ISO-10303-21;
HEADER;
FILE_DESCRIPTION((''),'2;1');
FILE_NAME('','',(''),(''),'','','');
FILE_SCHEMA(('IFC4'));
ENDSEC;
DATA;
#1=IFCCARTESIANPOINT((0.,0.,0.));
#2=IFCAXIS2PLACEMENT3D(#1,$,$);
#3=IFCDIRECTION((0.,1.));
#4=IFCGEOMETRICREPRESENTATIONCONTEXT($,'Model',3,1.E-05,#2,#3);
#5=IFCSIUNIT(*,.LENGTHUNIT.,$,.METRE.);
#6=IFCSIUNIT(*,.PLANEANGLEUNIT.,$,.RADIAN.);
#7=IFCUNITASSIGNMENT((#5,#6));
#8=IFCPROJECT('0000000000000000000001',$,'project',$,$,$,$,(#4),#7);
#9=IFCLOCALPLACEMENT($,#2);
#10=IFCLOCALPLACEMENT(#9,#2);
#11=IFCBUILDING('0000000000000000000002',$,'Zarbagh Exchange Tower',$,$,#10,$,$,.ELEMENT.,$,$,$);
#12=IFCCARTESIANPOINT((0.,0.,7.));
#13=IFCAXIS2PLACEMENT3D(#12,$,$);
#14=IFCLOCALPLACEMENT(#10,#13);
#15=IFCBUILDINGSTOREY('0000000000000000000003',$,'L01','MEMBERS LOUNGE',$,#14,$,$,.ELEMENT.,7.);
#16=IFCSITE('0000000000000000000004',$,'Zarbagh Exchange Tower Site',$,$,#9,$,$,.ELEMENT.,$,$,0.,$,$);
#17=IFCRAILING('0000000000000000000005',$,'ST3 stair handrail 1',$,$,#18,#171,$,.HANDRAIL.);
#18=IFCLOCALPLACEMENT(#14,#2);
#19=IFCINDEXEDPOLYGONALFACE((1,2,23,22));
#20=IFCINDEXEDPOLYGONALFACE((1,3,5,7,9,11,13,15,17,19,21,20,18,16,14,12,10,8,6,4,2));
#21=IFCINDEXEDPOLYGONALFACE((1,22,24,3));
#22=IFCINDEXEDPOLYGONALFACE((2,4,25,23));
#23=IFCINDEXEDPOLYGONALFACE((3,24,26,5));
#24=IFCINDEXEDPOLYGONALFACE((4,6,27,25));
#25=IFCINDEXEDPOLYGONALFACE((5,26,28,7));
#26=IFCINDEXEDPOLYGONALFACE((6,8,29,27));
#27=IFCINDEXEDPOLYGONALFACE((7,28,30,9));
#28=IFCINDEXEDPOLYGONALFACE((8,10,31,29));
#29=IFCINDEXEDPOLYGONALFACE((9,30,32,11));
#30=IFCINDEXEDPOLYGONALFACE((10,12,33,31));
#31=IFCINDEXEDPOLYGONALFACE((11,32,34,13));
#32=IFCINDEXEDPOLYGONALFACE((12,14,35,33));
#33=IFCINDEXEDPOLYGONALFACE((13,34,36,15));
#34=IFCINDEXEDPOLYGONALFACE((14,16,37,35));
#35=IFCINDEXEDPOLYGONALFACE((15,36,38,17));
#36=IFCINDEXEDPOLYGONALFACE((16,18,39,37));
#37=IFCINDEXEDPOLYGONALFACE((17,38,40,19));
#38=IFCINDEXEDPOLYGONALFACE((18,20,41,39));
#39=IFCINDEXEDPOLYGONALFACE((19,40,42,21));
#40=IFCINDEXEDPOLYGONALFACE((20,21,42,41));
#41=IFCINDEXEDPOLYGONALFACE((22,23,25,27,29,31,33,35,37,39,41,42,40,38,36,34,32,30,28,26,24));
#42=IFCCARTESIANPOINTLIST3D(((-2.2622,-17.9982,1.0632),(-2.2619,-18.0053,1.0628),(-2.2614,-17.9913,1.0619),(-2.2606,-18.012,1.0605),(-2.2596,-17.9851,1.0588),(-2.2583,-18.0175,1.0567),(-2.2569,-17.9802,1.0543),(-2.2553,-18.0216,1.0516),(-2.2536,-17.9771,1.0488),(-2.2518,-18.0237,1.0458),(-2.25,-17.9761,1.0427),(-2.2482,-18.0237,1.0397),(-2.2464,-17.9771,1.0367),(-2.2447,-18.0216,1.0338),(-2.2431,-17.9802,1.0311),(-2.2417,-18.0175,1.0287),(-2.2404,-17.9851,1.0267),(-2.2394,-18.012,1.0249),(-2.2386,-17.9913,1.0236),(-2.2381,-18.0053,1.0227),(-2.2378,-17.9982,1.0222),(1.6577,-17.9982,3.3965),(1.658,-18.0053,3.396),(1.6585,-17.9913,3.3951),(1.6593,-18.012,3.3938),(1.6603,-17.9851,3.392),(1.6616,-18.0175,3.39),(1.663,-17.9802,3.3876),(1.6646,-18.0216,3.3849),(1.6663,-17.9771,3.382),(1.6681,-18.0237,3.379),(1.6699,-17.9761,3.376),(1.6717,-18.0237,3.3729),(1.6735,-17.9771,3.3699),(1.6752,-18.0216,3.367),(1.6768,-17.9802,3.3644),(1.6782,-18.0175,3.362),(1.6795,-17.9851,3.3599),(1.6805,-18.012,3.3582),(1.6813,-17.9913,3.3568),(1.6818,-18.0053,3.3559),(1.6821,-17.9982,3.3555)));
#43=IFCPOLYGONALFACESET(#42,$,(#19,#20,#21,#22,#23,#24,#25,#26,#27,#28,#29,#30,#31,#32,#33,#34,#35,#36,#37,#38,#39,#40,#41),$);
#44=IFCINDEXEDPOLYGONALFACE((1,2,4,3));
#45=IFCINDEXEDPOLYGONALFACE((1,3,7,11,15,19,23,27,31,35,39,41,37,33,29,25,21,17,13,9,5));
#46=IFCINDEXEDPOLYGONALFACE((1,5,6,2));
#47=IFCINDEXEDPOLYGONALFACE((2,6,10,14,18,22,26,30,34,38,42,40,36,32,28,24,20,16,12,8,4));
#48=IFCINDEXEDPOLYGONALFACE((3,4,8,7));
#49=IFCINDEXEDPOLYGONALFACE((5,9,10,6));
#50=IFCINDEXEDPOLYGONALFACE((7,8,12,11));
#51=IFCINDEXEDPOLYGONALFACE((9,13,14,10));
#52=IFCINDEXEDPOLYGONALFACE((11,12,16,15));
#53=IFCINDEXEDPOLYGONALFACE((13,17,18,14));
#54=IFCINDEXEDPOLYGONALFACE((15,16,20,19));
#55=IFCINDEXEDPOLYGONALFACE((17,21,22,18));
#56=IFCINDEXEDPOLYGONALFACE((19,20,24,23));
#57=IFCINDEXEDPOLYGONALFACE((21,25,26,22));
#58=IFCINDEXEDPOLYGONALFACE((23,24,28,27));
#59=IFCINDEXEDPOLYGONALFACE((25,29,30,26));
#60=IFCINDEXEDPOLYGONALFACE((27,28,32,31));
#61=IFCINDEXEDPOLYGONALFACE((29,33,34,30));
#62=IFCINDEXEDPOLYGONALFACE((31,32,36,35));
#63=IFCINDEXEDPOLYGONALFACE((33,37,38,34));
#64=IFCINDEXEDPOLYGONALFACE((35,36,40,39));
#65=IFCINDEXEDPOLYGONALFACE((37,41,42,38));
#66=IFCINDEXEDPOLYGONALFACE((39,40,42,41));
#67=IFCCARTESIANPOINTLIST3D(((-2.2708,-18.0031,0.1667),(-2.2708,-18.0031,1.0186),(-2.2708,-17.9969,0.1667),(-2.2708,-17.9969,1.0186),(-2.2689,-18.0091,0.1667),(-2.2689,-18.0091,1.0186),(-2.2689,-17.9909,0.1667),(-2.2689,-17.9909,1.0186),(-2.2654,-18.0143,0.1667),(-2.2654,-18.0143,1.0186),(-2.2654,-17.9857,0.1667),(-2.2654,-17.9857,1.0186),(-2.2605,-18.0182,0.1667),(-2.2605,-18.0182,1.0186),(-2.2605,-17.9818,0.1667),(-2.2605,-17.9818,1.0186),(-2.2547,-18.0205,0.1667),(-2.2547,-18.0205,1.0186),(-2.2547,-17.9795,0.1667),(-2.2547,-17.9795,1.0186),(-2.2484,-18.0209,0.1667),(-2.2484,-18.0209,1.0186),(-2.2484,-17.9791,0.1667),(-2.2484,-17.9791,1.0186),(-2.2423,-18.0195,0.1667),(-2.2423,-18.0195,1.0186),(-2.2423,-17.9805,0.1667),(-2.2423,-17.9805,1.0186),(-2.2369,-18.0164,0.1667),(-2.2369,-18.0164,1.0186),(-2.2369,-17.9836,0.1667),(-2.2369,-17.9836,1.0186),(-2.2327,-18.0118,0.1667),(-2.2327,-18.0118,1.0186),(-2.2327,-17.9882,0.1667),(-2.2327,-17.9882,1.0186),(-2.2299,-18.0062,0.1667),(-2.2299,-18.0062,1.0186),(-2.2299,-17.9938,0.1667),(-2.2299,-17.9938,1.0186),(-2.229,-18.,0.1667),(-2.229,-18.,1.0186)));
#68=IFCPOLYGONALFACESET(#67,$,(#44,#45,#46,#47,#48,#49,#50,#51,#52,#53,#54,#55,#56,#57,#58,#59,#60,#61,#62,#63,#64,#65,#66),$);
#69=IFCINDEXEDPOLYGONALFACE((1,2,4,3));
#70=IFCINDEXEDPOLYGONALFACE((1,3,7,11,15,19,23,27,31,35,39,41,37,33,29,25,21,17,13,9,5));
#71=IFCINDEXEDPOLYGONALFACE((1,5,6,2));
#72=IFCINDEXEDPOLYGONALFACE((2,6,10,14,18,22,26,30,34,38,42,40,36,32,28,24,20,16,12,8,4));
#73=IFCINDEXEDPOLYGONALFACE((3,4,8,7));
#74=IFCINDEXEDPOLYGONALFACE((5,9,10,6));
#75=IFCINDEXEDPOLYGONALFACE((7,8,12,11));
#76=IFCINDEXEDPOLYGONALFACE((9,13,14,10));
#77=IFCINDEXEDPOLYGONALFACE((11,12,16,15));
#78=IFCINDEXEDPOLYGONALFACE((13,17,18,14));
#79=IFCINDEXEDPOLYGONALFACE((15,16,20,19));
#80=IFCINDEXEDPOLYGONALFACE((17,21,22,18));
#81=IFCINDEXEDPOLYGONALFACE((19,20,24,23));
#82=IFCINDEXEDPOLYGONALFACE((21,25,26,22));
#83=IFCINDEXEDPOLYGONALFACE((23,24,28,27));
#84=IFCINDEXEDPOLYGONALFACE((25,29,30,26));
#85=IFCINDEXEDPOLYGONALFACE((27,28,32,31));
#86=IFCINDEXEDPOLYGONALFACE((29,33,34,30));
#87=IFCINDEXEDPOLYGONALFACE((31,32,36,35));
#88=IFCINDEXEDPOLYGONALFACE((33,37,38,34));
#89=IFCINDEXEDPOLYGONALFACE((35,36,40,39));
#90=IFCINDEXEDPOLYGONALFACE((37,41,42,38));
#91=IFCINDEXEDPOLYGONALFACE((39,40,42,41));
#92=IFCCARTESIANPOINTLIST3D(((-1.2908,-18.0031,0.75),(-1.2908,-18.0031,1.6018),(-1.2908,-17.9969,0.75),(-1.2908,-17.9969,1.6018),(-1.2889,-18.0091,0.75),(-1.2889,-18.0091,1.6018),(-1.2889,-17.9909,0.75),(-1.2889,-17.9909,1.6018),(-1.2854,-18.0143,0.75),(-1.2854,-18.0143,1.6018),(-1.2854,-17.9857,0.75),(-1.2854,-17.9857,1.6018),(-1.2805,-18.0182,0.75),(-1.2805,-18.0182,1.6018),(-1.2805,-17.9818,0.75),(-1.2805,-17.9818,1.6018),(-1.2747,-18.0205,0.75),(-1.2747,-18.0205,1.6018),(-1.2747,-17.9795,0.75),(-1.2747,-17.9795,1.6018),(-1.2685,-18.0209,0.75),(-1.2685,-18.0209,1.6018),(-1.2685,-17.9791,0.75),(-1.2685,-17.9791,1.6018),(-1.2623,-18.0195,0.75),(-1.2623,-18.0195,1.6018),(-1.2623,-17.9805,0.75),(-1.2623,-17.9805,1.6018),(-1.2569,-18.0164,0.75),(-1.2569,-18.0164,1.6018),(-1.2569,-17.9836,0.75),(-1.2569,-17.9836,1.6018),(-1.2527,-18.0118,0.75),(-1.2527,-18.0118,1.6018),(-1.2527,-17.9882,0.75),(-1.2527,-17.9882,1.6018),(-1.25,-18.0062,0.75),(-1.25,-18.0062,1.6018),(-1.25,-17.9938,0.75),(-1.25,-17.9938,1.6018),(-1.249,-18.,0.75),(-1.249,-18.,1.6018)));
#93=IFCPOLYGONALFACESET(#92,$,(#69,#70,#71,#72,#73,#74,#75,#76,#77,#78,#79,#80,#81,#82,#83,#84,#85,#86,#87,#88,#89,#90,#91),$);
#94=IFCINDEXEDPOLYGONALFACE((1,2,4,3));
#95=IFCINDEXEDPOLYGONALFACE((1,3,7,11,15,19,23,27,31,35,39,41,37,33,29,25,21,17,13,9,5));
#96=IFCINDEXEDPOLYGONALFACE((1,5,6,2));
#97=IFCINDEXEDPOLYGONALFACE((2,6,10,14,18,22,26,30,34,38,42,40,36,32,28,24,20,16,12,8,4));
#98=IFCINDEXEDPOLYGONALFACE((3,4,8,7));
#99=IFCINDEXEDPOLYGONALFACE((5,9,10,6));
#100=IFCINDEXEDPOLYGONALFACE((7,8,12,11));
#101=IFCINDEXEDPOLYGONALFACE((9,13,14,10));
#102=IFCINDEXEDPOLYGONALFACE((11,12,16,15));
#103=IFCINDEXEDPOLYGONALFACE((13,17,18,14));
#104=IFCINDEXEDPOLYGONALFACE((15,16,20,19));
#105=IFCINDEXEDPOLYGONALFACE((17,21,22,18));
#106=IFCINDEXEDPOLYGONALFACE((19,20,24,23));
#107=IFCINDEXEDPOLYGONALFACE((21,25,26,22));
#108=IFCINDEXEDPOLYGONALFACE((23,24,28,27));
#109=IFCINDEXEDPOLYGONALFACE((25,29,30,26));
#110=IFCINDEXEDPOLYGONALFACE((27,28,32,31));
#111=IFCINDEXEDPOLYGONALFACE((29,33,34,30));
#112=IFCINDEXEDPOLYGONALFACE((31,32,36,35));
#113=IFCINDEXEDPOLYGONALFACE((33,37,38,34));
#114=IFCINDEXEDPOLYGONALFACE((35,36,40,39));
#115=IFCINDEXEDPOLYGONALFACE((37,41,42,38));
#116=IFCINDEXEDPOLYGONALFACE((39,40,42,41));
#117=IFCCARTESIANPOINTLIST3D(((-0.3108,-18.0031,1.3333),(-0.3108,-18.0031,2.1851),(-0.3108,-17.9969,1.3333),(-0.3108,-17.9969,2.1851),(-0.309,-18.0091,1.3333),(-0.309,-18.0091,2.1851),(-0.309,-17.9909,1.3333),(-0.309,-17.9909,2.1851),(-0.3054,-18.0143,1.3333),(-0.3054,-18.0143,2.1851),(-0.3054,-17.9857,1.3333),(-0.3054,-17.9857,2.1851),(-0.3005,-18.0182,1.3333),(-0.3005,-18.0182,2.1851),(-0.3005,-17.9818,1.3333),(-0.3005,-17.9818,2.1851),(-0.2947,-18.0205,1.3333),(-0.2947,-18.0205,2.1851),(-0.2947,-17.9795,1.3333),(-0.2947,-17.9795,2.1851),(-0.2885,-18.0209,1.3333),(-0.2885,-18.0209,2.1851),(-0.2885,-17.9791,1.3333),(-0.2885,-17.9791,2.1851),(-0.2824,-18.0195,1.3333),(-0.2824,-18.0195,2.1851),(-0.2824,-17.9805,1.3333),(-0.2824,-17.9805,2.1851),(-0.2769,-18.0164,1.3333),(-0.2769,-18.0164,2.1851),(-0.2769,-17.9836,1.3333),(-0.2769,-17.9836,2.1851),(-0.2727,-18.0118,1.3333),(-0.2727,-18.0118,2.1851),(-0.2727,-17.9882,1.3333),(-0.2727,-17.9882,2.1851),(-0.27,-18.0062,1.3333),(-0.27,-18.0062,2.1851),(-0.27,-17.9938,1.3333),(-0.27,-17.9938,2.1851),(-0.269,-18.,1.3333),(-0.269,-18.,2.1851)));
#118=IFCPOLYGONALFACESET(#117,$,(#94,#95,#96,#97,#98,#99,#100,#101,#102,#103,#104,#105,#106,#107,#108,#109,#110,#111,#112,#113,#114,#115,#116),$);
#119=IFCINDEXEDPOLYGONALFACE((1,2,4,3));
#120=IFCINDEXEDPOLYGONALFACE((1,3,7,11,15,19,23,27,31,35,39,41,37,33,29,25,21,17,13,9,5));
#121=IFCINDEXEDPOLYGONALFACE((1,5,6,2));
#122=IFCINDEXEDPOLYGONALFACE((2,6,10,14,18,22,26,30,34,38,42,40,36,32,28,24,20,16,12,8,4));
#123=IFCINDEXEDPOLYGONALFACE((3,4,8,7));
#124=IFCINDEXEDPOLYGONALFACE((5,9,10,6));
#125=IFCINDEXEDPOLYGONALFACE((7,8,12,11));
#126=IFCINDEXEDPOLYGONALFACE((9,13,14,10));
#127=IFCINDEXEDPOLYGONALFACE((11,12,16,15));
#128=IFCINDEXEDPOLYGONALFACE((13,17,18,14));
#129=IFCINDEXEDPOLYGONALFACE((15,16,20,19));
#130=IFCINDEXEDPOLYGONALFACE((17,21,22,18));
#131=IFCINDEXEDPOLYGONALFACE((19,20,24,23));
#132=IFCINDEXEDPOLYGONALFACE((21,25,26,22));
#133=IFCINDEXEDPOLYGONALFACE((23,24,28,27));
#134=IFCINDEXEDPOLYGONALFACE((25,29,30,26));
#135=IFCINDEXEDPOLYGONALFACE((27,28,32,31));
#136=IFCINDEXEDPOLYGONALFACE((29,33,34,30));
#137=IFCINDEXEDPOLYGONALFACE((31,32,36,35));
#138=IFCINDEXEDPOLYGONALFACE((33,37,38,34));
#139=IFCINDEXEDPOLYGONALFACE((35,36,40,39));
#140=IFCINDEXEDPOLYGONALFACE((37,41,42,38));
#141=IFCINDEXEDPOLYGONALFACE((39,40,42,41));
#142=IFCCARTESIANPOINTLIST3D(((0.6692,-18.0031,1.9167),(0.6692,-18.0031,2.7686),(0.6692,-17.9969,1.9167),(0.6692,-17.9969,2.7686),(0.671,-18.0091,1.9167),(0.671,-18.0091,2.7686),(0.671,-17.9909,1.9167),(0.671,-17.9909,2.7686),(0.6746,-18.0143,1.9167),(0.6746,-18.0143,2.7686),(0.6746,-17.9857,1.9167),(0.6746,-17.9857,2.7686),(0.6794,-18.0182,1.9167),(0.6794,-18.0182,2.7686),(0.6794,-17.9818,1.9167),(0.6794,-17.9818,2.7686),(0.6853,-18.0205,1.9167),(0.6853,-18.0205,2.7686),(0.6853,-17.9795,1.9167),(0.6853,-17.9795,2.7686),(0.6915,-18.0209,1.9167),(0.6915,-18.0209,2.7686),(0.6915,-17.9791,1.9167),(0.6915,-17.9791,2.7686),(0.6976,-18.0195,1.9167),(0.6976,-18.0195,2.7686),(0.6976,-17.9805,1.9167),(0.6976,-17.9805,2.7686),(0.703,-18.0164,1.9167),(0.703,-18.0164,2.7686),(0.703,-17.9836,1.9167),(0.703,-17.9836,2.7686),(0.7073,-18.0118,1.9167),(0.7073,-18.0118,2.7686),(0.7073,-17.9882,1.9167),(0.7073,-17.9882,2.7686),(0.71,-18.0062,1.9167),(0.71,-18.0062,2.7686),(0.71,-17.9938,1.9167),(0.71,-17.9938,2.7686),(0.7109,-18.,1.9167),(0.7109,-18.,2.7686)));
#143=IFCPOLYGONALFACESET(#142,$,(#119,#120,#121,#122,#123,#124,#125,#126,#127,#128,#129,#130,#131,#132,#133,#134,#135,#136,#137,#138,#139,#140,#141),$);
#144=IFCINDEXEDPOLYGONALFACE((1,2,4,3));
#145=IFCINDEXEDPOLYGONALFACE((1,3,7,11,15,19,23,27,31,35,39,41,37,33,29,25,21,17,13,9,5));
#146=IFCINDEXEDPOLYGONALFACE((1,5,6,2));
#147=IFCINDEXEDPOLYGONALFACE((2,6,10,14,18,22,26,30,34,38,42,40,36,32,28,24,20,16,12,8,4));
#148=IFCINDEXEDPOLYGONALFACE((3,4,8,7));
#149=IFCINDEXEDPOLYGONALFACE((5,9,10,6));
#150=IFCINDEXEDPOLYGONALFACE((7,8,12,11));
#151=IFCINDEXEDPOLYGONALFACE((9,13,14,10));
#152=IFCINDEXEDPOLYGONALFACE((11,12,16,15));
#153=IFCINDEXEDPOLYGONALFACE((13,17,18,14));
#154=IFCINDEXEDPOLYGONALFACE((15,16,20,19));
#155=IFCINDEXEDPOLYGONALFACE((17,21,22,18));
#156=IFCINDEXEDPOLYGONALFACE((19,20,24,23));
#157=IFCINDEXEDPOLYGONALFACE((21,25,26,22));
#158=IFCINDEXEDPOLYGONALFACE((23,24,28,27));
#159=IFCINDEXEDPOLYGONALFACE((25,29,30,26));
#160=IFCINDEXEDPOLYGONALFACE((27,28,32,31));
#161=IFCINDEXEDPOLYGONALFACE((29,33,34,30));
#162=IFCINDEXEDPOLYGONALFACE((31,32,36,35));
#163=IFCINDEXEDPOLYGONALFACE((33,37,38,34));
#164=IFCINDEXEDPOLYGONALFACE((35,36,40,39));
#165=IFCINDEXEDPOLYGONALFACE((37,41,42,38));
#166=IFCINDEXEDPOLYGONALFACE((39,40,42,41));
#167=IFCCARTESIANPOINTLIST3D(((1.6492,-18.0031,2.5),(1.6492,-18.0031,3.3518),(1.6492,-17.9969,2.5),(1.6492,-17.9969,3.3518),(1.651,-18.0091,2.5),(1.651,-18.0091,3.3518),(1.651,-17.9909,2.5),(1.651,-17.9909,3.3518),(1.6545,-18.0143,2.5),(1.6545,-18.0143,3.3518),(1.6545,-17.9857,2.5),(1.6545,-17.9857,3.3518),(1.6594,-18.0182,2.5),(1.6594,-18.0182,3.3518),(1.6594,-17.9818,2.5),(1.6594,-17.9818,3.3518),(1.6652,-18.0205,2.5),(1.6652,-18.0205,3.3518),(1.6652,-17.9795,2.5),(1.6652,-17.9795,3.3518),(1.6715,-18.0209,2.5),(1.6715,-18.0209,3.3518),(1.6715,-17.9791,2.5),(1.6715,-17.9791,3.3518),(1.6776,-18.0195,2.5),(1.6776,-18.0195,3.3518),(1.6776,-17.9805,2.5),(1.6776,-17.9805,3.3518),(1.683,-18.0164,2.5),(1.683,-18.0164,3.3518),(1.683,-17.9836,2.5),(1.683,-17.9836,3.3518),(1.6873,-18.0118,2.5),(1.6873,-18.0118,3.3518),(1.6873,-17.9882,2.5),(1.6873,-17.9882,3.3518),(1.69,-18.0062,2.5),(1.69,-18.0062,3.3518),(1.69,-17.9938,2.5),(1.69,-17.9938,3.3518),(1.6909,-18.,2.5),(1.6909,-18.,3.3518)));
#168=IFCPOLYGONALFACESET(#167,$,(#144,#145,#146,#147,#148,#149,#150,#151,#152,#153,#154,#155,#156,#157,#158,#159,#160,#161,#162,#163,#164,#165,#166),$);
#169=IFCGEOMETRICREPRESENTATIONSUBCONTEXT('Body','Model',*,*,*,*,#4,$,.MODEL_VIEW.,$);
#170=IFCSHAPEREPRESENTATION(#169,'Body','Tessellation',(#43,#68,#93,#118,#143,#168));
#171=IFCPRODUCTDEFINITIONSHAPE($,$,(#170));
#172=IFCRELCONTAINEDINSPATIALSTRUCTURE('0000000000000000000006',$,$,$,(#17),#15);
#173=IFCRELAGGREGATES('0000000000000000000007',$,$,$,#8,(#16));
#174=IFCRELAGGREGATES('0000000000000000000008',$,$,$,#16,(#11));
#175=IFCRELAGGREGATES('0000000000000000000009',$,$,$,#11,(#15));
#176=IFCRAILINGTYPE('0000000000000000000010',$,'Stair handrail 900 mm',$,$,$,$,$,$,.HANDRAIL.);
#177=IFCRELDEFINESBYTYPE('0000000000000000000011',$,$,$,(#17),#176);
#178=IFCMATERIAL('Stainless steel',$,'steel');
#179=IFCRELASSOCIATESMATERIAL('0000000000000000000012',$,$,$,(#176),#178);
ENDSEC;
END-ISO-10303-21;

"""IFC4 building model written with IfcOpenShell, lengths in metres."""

from ifc_helpers import new_model, si_unit, direction, frame, origin, origin_2d, place, context, subcontext, project, spatial, circle, extrude, material, type_object, element, save


model = new_model("IFC4")

# Units and contexts
model_context = context("Model", 3, precision=1e-05, world=origin(), true_north=direction((0.0, 1.0)))
body_context = subcontext(model_context, "Body", "Model", "MODEL_VIEW")
ifc_project = project(units=[si_unit("LENGTHUNIT", "METRE"), si_unit("PLANEANGLEUNIT", "RADIAN")], contexts=[model_context])

# Site, building, storey
site_placement = place(None, origin())
site = spatial("IfcSite", under=ifc_project, at=site_placement, Name="Zarbagh Exchange Tower Site", CompositionType="ELEMENT", RefElevation=0.0)
building_placement = place(site_placement, origin())
building = spatial("IfcBuilding", under=site, at=building_placement, Name="Zarbagh Exchange Tower", CompositionType="ELEMENT")
storey_placement = place(building_placement, frame((0.0, 0.0, 7.0)))
storey = spatial("IfcBuildingStorey", under=building, at=storey_placement, Name="L01", Description="MEMBERS LOUNGE", CompositionType="ELEMENT", Elevation=7.0)

# Railing
ifc_material_1 = material(Name="Stainless steel", Category="steel")
railing_type_1 = type_object("IfcRailingType", Name="Stair handrail 900 mm", PredefinedType="HANDRAIL", material=ifc_material_1)
for number, where, name in (
    (1, (-2.25, -18.0, 0.1667), "ST3 stair handrail 1"),
):
    element("IfcRailing", number, at=place(storey_placement, frame(where)), inside=storey, type_object=railing_type_1, Name=name, PredefinedType="HANDRAIL", context=body_context, shape_type="SweptSolid", body=[
        extrude(circle(Radius=0.0239, at=origin_2d()), frame((0.0, 0.0, 0.876), z_axis=(0.859296, 0.0, 0.511478), x_axis=(0.0, 1.0, 0.0)), (0.0, 0.0, 1.0), 4.5618),
        extrude(circle(Radius=0.021, at=origin_2d()), origin(), (0.0, 0.0, 1.0), 0.8518),
        extrude(circle(Radius=0.021, at=origin_2d()), frame((0.98, 0.0, 0.5833)), (0.0, 0.0, 1.0), 0.8518),
        extrude(circle(Radius=0.021, at=origin_2d()), frame((1.96, 0.0, 1.1665)), (0.0, 0.0, 1.0), 0.8518),
        extrude(circle(Radius=0.021, at=origin_2d()), frame((2.9399, 0.0, 1.75)), (0.0, 0.0, 1.0), 0.8518),
        extrude(circle(Radius=0.021, at=origin_2d()), frame((3.9199, 0.0, 2.3333)), (0.0, 0.0, 1.0), 0.8518),
    ])

save(model, "model.ifc")
